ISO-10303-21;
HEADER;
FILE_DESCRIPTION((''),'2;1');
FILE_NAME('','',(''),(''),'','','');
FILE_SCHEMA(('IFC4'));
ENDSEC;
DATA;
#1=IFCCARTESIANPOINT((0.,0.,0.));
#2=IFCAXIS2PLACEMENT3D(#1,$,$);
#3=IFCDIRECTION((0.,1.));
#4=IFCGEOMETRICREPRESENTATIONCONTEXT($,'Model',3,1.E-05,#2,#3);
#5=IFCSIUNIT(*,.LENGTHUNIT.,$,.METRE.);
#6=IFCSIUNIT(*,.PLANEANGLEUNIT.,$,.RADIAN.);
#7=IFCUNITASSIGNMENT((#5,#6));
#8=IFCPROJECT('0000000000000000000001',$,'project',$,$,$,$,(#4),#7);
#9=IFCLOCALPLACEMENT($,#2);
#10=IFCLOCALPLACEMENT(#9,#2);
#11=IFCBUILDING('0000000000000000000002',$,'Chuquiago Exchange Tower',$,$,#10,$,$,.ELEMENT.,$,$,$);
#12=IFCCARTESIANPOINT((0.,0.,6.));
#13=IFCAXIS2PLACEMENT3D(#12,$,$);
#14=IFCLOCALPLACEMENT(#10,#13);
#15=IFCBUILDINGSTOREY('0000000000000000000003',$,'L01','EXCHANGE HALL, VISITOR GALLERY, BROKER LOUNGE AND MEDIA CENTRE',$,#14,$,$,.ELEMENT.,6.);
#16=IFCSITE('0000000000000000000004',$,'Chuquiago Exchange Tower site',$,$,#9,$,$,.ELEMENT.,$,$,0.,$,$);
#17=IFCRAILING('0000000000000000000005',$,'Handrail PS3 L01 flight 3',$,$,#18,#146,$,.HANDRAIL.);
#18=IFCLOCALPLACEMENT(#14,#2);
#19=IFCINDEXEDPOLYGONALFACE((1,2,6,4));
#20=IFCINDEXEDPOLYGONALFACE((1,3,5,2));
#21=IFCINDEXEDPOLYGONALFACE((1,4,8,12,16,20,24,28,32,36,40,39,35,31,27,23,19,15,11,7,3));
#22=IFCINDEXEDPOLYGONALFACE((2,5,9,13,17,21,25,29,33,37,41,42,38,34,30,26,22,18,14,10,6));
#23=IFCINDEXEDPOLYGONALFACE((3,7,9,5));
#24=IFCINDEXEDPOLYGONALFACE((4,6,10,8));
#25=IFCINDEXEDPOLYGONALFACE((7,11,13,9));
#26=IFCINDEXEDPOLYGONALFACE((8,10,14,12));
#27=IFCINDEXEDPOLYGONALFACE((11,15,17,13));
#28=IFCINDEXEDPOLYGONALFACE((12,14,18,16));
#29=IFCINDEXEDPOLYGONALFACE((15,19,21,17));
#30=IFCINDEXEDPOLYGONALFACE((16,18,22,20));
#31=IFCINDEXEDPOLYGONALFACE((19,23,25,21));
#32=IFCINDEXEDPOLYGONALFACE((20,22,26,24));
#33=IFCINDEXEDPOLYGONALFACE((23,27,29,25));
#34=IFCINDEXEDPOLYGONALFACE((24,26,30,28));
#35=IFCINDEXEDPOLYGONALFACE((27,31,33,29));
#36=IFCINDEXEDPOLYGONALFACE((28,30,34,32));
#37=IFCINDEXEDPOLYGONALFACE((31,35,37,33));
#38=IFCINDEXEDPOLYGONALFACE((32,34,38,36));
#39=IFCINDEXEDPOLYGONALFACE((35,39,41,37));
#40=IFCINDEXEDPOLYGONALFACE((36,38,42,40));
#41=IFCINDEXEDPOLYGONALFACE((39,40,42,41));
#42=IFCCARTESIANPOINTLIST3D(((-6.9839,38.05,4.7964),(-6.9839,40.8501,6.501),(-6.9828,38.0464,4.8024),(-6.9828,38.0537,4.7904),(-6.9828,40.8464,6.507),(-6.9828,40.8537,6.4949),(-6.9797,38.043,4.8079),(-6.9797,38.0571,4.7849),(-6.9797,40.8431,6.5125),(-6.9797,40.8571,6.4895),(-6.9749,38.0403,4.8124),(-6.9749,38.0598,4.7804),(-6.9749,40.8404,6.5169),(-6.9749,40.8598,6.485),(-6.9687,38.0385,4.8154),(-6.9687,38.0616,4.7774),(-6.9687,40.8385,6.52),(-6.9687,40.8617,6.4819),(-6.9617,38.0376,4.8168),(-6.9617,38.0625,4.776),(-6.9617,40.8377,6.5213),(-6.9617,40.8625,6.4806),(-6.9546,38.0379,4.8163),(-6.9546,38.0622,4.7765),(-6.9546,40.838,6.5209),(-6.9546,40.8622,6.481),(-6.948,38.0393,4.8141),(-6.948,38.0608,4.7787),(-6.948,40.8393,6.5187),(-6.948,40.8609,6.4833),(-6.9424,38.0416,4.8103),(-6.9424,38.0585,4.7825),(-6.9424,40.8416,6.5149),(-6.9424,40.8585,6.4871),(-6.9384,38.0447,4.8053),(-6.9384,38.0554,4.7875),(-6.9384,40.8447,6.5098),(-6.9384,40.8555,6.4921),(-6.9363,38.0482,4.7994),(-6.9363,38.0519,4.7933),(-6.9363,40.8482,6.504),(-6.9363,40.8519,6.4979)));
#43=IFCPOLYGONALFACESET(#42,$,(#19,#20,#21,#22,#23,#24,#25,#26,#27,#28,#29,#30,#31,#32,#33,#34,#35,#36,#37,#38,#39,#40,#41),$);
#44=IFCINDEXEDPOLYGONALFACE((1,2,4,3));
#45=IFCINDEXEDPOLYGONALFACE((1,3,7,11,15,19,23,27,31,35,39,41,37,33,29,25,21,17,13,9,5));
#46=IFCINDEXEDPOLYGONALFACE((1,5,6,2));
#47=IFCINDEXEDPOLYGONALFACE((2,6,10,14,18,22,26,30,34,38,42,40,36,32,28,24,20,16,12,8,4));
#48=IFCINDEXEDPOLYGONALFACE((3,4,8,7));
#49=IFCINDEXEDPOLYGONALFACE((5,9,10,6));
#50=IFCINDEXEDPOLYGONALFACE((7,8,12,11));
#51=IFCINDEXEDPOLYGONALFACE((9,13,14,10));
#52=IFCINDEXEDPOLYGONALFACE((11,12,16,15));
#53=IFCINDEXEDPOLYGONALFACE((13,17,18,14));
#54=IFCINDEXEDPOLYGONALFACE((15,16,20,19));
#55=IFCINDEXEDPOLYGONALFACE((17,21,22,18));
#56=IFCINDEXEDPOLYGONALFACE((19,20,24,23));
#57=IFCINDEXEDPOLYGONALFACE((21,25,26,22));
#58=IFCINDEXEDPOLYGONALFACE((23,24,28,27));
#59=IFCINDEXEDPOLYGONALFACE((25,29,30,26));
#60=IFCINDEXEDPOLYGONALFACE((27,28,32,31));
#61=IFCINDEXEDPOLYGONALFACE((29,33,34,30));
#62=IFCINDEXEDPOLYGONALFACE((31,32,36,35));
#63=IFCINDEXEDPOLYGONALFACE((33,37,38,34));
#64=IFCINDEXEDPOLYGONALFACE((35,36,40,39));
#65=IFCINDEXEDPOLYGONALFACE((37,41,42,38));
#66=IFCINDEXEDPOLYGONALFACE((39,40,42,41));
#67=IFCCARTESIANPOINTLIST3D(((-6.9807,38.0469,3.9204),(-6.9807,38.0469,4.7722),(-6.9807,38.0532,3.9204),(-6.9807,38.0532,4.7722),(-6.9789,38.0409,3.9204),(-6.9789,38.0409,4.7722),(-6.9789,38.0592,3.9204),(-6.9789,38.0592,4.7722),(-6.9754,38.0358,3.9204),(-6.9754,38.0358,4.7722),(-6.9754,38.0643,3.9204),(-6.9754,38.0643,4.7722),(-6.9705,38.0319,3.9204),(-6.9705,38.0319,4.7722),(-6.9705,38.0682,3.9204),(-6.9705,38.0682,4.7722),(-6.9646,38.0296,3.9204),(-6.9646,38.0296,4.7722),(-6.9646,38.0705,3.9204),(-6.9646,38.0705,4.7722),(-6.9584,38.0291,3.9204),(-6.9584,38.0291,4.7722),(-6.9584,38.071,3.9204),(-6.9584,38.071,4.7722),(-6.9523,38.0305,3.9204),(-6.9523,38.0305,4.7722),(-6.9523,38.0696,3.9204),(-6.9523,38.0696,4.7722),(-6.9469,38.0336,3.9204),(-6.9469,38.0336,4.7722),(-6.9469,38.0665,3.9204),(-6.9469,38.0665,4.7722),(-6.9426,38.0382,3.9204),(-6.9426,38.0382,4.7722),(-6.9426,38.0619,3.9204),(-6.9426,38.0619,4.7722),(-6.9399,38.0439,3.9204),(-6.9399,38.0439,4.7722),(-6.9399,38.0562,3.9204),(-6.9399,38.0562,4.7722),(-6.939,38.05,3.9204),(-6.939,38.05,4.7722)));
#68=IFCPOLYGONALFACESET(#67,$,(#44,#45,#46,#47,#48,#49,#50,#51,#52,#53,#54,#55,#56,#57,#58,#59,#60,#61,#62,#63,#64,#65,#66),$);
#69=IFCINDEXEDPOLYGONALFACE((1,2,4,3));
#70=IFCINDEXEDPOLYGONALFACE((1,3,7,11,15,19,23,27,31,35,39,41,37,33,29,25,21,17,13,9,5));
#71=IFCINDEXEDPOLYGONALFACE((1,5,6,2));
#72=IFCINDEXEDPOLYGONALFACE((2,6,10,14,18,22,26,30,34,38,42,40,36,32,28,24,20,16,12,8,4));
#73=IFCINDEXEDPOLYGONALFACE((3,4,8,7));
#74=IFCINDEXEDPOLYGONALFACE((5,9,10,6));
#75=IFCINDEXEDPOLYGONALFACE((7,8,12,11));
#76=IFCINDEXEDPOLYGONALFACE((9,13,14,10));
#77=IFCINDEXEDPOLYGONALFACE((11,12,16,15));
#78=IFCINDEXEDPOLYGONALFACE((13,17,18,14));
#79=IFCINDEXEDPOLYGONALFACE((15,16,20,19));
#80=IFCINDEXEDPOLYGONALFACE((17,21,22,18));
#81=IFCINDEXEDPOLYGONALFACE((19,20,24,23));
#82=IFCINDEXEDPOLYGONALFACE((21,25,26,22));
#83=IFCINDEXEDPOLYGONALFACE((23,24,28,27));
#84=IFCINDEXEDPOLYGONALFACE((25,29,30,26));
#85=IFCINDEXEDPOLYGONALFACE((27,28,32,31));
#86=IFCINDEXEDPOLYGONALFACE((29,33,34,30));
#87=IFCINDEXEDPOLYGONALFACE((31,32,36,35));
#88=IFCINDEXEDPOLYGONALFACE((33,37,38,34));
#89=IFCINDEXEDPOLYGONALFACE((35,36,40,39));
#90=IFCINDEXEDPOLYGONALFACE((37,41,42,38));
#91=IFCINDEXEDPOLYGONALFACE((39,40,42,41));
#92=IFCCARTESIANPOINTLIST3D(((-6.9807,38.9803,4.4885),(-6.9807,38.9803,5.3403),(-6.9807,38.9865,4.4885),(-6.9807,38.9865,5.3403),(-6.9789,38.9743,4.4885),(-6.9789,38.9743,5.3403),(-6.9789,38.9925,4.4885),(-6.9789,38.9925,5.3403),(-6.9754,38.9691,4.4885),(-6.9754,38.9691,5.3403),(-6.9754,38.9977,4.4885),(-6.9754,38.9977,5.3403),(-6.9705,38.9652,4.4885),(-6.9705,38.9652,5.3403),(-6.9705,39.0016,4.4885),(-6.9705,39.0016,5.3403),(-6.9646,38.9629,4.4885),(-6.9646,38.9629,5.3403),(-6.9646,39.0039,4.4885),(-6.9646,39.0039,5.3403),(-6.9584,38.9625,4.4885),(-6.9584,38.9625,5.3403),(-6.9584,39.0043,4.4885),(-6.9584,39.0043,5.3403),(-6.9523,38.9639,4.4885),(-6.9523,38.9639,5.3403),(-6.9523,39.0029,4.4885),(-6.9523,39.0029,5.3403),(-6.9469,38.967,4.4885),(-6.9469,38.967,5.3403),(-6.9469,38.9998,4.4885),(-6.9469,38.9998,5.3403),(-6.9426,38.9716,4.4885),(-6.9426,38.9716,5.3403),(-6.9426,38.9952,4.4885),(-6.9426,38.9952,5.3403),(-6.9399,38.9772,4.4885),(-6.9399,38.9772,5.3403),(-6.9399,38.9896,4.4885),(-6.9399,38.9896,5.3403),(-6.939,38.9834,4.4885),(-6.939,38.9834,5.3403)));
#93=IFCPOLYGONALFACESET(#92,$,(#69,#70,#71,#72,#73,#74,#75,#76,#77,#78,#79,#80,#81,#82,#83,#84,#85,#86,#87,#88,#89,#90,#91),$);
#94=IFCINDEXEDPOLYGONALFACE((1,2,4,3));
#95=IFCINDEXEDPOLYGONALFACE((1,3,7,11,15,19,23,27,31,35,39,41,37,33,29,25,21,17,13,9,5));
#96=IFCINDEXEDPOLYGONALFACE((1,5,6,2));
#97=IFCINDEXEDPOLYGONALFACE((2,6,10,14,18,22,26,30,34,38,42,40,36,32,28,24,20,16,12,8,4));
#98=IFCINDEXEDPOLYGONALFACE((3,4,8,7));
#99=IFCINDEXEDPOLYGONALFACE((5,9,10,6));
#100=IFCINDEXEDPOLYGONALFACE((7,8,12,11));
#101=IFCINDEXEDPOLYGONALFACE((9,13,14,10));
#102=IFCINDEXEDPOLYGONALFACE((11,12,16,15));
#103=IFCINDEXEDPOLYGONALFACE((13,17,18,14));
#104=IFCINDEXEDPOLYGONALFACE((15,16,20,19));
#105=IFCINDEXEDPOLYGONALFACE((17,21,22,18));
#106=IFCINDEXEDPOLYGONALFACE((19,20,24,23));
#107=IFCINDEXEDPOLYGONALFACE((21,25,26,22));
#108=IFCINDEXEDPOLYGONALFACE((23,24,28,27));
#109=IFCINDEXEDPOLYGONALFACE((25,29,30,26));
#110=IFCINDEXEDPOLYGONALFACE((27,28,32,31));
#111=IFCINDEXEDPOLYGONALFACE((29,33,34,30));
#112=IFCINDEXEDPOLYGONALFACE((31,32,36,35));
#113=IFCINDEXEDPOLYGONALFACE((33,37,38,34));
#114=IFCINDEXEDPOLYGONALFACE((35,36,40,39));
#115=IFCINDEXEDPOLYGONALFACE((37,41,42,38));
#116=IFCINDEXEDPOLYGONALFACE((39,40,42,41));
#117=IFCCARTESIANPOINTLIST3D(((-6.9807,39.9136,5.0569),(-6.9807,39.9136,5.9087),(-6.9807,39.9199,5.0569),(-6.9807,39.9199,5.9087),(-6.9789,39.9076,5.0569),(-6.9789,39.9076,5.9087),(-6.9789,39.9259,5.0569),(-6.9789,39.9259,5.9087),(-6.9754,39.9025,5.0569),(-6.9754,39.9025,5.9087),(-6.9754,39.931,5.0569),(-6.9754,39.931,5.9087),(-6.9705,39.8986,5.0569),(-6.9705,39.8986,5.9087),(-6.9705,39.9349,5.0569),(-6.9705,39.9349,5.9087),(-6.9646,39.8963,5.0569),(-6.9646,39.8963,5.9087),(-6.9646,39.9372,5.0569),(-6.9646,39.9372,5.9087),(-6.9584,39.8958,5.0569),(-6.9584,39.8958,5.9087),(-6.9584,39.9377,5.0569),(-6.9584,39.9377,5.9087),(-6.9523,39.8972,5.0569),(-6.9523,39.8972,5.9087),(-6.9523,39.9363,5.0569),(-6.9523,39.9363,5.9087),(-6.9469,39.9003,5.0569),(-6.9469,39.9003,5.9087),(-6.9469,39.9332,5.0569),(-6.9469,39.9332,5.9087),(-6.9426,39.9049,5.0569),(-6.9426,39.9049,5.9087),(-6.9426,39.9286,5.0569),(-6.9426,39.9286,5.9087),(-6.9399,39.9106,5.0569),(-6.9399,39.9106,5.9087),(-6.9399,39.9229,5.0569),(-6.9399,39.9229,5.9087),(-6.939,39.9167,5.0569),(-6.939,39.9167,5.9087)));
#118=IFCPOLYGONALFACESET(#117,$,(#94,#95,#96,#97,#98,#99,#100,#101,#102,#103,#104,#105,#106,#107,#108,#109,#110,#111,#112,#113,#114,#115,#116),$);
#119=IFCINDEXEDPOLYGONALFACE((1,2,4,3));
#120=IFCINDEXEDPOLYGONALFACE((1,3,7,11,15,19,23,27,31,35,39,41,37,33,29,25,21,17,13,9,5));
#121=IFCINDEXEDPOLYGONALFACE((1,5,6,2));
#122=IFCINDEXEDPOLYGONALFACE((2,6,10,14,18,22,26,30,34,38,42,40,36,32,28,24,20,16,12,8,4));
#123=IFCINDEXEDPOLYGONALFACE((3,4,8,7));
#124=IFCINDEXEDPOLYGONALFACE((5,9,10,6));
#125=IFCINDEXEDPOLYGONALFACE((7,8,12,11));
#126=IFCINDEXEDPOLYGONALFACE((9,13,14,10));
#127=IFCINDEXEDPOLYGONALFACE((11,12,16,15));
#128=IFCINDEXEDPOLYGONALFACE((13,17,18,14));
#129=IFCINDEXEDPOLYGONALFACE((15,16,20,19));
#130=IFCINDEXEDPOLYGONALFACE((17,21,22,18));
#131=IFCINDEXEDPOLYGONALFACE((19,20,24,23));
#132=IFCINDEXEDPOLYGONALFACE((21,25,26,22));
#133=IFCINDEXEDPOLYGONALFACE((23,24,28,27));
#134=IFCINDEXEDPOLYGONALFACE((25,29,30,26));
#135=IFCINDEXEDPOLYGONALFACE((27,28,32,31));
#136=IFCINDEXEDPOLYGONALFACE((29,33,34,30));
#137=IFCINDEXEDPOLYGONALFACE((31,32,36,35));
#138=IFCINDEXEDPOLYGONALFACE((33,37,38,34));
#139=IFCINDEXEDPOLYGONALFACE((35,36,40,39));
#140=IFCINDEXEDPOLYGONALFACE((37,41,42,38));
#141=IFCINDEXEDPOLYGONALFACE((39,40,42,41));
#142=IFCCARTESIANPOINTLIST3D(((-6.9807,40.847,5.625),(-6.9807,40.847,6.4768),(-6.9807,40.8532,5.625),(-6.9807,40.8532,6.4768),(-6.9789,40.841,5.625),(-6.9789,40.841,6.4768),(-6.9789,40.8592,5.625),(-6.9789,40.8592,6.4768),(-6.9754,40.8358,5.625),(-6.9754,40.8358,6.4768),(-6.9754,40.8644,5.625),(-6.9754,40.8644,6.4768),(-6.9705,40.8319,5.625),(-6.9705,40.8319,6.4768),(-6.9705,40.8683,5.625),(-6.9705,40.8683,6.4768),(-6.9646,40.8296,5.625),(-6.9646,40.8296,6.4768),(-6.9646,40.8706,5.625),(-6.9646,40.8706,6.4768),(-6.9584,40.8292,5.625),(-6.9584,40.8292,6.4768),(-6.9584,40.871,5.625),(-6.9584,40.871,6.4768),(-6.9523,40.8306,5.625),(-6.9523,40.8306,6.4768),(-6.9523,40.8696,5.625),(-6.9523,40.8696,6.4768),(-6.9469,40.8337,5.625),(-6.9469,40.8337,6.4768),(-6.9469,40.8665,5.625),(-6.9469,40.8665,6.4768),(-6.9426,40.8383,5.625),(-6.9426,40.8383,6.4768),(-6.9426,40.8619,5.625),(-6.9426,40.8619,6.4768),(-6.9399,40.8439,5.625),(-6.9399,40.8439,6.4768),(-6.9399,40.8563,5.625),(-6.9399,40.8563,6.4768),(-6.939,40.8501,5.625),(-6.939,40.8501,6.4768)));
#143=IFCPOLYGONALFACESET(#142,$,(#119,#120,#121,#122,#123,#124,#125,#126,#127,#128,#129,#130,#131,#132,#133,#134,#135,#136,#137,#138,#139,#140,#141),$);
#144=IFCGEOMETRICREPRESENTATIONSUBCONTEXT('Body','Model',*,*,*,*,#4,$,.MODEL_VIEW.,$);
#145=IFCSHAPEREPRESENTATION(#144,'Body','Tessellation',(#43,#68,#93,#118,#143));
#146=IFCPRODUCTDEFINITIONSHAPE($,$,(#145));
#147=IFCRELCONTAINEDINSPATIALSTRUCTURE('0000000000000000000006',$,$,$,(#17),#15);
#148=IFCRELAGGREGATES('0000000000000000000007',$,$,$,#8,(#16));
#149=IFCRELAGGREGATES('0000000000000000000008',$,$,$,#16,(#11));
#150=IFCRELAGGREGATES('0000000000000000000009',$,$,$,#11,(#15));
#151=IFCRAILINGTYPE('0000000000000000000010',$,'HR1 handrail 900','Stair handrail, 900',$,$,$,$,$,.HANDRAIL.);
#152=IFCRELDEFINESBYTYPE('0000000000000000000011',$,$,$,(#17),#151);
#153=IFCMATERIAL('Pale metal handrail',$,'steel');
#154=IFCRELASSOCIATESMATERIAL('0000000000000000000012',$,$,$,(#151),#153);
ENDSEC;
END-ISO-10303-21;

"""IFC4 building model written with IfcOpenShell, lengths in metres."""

from ifc_helpers import new_model, si_unit, direction, frame, origin, origin_2d, place, context, subcontext, project, spatial, circle, extrude, material, type_object, element, save


model = new_model("IFC4")

# Units and contexts
model_context = context("Model", 3, precision=1e-05, world=origin(), true_north=direction((0.0, 1.0)))
body_context = subcontext(model_context, "Body", "Model", "MODEL_VIEW")
ifc_project = project(units=[si_unit("LENGTHUNIT", "METRE"), si_unit("PLANEANGLEUNIT", "RADIAN")], contexts=[model_context])

# Site, building, storey
site_placement = place(None, origin())
site = spatial("IfcSite", under=ifc_project, at=site_placement, Name="Chuquiago Exchange Tower site", CompositionType="ELEMENT", RefElevation=0.0)
building_placement = place(site_placement, origin())
building = spatial("IfcBuilding", under=site, at=building_placement, Name="Chuquiago Exchange Tower", CompositionType="ELEMENT")
storey_placement = place(building_placement, frame((0.0, 0.0, 6.0)))
storey = spatial("IfcBuildingStorey", under=building, at=storey_placement, Name="L01", Description="EXCHANGE HALL, VISITOR GALLERY, BROKER LOUNGE AND MEDIA CENTRE", CompositionType="ELEMENT", Elevation=6.0)

# Railing
ifc_material_1 = material(Name="Pale metal handrail", Category="steel")
railing_type = type_object("IfcRailingType", Name="HR1 handrail 900", Description="Stair handrail, 900", PredefinedType="HANDRAIL", material=ifc_material_1)
for number, where, name in (
    (1, (-6.96, 38.05, 3.9204), "Handrail PS3 L01 flight 3"),
):
    element("IfcRailing", number, at=place(storey_placement, frame(where)), inside=storey, type_object=railing_type, Name=name, PredefinedType="HANDRAIL", context=body_context, shape_type="SweptSolid", body=[
        extrude(circle(Radius=0.0239, at=origin_2d()), frame((0.0, 0.0, 0.876), z_axis=(0.0, 0.85417, 0.519994), x_axis=(-1.0, 0.0, 0.0)), (0.0, 0.0, 1.0), 3.2781),
        extrude(circle(Radius=0.021, at=origin_2d()), origin(), (0.0, 0.0, 1.0), 0.8518),
        extrude(circle(Radius=0.021, at=origin_2d()), frame((0.0, 0.9333, 0.5681)), (0.0, 0.0, 1.0), 0.8518),
        extrude(circle(Radius=0.021, at=origin_2d()), frame((0.0, 1.8667, 1.1365)), (0.0, 0.0, 1.0), 0.8518),
        extrude(circle(Radius=0.021, at=origin_2d()), frame((0.0, 2.8, 1.7046)), (0.0, 0.0, 1.0), 0.8518),
    ])

save(model, "model.ifc")
